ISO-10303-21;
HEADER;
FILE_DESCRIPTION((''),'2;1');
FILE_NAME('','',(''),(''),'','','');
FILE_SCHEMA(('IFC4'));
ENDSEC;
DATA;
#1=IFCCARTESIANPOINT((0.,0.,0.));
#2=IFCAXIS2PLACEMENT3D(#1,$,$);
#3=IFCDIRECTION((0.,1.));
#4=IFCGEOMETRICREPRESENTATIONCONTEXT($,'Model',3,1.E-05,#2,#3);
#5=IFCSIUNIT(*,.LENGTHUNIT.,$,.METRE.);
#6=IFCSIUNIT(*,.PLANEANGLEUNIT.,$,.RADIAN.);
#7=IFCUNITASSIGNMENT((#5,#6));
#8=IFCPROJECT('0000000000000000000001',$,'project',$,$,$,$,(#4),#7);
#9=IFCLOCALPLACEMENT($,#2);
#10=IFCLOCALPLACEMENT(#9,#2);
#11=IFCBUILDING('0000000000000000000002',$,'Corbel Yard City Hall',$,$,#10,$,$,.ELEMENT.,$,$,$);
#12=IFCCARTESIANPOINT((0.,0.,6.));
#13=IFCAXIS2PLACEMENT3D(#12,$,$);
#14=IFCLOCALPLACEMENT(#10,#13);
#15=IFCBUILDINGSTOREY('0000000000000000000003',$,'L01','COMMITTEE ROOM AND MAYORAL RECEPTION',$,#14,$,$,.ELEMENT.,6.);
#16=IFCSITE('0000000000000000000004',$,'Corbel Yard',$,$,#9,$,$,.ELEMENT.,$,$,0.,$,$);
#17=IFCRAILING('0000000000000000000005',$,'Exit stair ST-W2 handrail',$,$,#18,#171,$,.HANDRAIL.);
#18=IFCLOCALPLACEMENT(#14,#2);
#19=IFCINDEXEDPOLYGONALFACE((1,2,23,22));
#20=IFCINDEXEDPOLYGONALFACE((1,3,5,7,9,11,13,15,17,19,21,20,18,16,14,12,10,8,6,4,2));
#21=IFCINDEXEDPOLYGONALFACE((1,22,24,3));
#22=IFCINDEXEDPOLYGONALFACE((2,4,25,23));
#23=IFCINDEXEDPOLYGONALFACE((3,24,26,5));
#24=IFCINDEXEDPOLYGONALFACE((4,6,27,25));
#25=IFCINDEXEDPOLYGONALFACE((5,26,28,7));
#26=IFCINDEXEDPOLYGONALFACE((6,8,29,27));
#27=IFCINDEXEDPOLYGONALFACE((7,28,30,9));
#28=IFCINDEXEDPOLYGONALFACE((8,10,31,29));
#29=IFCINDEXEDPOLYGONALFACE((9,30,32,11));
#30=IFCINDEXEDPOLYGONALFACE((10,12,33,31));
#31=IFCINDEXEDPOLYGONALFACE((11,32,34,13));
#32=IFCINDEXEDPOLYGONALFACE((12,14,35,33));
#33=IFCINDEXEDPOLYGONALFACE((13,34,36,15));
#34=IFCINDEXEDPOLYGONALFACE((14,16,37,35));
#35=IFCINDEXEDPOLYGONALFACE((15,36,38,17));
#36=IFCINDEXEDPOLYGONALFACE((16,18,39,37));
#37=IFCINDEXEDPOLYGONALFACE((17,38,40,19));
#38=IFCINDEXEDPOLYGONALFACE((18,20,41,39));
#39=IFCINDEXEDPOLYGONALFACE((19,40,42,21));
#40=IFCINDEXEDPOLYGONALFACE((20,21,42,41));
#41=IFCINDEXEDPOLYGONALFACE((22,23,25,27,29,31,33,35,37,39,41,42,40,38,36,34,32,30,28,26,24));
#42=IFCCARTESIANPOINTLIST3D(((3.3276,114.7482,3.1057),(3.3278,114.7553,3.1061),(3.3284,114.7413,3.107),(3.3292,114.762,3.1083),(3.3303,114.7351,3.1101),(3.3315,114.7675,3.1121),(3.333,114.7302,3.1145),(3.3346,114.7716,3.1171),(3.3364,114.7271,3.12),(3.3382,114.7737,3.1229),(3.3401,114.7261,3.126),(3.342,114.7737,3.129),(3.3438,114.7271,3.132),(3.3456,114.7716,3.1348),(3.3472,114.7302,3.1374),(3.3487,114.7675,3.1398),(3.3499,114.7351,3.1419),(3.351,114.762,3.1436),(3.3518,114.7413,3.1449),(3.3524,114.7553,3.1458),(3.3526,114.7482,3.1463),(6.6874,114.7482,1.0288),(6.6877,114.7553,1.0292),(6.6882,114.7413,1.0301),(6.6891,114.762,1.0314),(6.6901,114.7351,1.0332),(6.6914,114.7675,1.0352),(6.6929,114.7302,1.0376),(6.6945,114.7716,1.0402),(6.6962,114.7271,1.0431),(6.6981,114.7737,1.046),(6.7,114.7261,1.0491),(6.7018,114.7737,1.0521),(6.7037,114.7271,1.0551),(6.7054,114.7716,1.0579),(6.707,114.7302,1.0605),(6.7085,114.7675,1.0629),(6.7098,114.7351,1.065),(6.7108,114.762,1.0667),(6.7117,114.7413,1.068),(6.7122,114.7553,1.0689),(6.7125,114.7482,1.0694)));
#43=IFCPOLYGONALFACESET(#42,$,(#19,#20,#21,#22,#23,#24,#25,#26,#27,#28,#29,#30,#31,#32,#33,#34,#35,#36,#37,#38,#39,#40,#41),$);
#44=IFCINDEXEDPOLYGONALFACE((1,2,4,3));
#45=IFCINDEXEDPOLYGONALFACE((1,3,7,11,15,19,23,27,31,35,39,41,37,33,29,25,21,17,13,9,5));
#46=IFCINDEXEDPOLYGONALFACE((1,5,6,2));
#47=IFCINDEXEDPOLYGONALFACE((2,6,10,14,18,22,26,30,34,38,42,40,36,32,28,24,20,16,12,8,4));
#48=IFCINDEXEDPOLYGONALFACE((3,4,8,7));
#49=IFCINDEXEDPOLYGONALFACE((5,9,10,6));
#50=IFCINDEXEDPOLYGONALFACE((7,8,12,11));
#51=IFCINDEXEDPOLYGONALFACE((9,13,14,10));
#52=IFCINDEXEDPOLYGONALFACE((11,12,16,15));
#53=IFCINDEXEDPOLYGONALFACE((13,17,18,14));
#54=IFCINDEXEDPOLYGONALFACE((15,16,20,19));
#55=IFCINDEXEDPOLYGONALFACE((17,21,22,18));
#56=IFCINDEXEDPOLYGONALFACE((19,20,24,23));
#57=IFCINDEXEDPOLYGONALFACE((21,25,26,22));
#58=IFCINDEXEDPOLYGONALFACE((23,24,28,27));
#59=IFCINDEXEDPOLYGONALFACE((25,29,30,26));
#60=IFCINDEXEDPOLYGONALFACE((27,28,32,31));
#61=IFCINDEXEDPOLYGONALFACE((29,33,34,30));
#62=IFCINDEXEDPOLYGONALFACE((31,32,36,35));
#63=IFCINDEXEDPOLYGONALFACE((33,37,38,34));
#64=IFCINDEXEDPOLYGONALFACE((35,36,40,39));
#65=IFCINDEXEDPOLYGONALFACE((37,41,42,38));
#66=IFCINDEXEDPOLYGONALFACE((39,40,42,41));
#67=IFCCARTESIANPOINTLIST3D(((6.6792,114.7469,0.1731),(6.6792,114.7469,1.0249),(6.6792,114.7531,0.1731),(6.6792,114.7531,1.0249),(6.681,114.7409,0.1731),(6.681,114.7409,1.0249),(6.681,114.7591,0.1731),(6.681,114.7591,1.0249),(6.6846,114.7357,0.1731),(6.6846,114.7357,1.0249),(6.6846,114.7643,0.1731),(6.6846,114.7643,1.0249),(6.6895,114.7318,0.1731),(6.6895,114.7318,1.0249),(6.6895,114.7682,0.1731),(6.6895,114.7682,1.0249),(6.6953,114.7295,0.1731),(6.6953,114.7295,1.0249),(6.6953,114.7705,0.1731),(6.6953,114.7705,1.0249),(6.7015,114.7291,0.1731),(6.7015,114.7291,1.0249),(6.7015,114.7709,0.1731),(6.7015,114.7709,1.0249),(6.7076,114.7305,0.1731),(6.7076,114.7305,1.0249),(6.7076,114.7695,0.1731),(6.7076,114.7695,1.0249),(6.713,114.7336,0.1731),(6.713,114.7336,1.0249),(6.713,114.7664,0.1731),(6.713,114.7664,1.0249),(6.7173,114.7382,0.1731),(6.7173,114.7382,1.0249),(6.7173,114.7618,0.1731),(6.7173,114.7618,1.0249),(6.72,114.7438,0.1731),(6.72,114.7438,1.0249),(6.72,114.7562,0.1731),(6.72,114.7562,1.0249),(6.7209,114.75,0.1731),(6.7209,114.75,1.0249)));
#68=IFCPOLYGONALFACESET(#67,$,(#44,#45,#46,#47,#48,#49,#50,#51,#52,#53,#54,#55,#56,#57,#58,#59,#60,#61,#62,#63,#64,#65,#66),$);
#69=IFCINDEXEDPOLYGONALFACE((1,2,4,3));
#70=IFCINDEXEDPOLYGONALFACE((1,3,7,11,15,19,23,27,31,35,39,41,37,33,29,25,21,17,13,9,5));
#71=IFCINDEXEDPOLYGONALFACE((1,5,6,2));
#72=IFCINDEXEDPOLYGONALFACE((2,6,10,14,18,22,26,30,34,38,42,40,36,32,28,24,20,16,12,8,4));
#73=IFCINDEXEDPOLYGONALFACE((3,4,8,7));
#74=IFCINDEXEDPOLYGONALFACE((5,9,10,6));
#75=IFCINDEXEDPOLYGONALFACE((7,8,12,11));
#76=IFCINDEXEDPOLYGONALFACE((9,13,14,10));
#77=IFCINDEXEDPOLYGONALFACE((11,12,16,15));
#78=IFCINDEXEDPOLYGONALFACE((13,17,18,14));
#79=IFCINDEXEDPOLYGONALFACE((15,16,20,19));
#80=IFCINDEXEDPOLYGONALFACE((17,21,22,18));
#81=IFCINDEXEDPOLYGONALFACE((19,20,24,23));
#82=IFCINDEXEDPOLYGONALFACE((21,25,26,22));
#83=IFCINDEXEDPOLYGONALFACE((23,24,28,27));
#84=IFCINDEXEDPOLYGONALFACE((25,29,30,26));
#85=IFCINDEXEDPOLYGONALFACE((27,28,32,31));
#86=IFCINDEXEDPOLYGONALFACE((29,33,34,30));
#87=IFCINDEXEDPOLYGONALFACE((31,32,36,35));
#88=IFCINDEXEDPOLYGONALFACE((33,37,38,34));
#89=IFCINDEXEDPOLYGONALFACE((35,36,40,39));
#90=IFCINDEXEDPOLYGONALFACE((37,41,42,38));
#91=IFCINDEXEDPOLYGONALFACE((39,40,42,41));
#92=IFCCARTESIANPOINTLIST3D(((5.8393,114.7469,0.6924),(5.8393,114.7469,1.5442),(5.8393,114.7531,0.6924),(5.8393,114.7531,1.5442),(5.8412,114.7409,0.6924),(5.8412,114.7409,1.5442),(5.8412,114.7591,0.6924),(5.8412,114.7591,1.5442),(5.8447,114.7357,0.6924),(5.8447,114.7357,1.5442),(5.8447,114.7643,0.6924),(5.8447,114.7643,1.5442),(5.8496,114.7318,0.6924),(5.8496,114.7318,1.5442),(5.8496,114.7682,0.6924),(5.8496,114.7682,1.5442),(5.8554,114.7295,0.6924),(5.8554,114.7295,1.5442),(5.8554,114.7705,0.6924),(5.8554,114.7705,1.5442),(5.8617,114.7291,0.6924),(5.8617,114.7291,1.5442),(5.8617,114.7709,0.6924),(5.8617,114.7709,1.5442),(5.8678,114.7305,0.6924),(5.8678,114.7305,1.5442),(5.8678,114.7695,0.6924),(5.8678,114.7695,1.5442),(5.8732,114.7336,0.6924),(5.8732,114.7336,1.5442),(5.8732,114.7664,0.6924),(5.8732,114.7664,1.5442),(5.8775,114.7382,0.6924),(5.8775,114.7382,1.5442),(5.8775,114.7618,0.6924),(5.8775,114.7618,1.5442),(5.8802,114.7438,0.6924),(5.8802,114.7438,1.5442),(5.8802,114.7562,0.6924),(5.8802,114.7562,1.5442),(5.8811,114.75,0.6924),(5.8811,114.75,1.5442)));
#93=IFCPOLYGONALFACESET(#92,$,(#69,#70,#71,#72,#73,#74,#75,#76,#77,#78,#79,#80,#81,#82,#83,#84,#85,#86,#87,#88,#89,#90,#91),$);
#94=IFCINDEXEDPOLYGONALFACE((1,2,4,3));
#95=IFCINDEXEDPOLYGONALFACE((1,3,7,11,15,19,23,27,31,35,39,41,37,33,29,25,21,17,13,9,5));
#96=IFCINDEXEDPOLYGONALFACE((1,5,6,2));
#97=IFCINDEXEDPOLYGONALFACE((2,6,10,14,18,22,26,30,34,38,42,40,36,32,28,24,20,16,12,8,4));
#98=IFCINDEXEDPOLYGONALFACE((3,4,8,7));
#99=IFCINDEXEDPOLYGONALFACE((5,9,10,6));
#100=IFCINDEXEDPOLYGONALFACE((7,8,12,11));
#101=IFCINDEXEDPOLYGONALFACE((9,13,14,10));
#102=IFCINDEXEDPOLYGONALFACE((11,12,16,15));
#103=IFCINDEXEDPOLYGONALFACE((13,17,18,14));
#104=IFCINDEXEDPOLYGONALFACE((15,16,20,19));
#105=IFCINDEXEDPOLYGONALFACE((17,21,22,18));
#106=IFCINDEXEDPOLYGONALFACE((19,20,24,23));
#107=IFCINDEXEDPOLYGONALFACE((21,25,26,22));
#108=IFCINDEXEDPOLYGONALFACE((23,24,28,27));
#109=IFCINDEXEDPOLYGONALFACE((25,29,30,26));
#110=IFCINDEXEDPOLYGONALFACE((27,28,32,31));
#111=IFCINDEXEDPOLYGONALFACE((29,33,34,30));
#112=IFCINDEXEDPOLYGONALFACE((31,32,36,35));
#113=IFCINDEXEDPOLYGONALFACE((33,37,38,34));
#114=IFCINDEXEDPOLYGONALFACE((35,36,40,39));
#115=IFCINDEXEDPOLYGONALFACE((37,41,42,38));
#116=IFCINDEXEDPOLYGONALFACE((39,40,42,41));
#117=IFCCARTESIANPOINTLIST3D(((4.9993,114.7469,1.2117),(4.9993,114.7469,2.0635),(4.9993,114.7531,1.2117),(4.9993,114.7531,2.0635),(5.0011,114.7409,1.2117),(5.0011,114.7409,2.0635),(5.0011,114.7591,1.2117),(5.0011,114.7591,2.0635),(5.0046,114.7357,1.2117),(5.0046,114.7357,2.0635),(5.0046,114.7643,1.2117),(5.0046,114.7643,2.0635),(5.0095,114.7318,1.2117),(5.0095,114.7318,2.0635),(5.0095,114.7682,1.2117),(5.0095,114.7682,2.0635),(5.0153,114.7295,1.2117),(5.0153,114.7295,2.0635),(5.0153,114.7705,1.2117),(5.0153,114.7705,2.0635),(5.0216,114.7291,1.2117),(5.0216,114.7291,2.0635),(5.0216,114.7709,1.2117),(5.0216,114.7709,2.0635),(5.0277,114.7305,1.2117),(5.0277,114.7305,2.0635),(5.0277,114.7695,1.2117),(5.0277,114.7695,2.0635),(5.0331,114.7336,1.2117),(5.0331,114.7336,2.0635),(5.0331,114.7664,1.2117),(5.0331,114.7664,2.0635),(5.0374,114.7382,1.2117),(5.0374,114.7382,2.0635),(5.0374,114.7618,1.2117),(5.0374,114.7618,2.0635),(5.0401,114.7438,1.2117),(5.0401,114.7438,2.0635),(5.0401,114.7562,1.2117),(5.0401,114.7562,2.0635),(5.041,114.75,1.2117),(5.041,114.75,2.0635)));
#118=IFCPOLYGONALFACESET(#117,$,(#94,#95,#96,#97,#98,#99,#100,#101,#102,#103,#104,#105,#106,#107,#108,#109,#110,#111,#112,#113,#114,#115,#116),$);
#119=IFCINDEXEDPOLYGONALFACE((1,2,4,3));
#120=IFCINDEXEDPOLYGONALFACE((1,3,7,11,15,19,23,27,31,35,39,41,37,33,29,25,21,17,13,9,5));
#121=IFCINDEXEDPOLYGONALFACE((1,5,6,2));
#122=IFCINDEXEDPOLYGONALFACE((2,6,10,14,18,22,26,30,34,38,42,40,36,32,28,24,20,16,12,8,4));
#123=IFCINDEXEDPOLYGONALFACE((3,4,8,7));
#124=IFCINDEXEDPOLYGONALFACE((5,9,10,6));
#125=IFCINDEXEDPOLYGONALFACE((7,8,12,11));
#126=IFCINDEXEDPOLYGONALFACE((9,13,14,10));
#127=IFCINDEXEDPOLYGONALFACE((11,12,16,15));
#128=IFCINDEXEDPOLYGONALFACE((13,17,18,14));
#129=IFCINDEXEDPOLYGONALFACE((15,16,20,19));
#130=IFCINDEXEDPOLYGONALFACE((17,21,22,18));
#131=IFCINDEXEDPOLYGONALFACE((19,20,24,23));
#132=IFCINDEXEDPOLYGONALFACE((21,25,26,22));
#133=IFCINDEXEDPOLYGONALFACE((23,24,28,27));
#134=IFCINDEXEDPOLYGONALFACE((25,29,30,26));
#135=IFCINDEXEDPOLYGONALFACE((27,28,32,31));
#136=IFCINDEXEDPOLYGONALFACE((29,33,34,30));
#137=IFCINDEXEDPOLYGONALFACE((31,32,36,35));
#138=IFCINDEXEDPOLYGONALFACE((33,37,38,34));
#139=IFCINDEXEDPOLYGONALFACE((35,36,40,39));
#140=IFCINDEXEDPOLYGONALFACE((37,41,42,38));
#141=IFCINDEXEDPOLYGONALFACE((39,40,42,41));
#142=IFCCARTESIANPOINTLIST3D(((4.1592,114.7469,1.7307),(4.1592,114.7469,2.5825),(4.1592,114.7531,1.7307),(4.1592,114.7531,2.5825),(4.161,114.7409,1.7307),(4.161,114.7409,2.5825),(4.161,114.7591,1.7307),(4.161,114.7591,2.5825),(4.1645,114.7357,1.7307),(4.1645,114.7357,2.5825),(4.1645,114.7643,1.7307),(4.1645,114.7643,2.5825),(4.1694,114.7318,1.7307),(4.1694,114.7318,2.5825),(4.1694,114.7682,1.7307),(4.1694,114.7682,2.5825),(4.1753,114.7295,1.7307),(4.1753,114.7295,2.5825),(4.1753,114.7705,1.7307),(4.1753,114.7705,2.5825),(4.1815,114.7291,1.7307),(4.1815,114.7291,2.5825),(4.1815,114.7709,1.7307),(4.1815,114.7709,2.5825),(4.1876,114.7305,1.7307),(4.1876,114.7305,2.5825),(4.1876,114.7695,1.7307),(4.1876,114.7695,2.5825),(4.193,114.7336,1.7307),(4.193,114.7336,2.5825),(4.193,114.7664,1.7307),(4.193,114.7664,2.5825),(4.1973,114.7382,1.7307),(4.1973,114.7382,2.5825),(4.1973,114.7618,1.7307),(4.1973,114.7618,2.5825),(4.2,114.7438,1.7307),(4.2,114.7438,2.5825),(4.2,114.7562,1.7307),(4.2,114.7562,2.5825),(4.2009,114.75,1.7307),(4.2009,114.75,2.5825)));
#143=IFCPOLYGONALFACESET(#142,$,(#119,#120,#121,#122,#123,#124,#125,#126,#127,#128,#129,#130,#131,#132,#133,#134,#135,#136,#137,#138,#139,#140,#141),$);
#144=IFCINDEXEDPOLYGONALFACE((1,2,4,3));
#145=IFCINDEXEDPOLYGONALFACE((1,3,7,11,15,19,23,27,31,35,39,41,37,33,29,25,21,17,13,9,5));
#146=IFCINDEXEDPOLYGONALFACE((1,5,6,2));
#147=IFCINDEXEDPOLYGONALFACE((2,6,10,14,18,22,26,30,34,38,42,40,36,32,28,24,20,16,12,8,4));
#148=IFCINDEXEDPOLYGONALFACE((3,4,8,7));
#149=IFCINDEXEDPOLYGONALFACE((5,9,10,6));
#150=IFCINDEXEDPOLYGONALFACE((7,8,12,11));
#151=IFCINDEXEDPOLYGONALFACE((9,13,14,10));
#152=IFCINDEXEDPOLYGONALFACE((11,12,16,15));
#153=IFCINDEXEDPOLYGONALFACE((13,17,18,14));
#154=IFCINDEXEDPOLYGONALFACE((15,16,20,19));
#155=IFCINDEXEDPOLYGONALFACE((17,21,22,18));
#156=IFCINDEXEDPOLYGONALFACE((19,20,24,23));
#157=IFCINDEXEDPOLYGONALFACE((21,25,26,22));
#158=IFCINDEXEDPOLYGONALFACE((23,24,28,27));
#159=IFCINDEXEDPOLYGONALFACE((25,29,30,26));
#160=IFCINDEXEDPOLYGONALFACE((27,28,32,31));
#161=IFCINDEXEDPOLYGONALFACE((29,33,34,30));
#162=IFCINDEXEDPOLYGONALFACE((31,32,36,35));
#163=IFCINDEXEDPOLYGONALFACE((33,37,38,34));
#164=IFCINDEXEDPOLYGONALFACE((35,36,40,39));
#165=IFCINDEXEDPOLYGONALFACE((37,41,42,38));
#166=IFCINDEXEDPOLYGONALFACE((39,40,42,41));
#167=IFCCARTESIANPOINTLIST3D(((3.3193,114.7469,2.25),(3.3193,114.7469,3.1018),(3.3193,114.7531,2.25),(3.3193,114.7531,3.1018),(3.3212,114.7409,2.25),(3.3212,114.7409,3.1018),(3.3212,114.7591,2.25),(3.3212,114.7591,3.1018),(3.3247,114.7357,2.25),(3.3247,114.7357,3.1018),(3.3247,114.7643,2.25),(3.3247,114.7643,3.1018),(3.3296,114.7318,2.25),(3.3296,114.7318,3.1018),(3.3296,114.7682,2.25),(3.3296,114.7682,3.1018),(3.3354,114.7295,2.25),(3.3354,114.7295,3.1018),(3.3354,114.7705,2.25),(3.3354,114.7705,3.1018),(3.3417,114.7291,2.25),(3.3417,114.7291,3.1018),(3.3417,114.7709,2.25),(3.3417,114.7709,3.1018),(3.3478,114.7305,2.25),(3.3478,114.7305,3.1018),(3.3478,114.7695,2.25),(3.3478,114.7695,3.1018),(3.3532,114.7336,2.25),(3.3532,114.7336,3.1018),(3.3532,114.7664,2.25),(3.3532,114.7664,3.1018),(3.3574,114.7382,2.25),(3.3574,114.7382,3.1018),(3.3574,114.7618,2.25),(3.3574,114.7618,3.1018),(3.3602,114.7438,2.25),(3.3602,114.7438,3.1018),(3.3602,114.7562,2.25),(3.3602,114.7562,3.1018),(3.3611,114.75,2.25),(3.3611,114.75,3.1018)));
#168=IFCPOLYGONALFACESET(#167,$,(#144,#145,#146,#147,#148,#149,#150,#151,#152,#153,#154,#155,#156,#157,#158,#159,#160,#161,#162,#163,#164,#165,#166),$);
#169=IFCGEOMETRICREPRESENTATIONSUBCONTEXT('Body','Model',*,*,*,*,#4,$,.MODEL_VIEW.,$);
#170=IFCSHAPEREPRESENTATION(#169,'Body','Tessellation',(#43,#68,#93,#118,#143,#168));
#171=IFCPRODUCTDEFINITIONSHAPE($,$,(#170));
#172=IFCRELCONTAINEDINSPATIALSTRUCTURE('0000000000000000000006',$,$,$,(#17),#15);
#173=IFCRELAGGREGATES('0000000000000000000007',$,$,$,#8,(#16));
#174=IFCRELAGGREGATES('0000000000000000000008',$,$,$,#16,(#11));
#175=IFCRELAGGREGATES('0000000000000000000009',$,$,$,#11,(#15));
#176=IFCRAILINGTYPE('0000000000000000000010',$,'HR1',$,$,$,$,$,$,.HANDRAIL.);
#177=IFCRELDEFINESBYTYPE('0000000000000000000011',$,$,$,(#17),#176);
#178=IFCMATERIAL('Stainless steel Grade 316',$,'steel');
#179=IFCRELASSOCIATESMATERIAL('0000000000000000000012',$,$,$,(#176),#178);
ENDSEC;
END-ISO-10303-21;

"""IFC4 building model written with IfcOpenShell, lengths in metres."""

from ifc_helpers import new_model, si_unit, direction, frame, origin, origin_2d, place, context, subcontext, project, spatial, circle, extrude, material, type_object, element, save


model = new_model("IFC4")

# Units and contexts
model_context = context("Model", 3, precision=1e-05, world=origin(), true_north=direction((0.0, 1.0)))
body_context = subcontext(model_context, "Body", "Model", "MODEL_VIEW")
ifc_project = project(units=[si_unit("LENGTHUNIT", "METRE"), si_unit("PLANEANGLEUNIT", "RADIAN")], contexts=[model_context])

# Site, building, storey
site_placement = place(None, origin())
site = spatial("IfcSite", under=ifc_project, at=site_placement, Name="Corbel Yard", CompositionType="ELEMENT", RefElevation=0.0)
building_placement = place(site_placement, origin())
building = spatial("IfcBuilding", under=site, at=building_placement, Name="Corbel Yard City Hall", CompositionType="ELEMENT")
storey_placement = place(building_placement, frame((0.0, 0.0, 6.0)))
storey = spatial("IfcBuildingStorey", under=building, at=storey_placement, Name="L01", Description="COMMITTEE ROOM AND MAYORAL RECEPTION", CompositionType="ELEMENT", Elevation=6.0)

# Shared definitions
ifc_material_1 = material(Name="Stainless steel Grade 316", Category="steel")

# Railing
railing_type = type_object("IfcRailingType", Name="HR1", PredefinedType="HANDRAIL", material=ifc_material_1)
for number, where, name in (
    (1, (6.7, 114.75, 0.1731), "Exit stair ST-W2 handrail"),
):
    element("IfcRailing", number, at=place(storey_placement, frame(where)), inside=storey, type_object=railing_type, Name=name, PredefinedType="HANDRAIL", context=body_context, shape_type="SweptSolid", body=[
        extrude(circle(Radius=0.0239, at=origin_2d()), frame((0.0, 0.0, 0.876), z_axis=(-0.850606, 0.0, 0.525803), x_axis=(0.0, -1.0, 0.0)), (0.0, 0.0, 1.0), 3.95),
        extrude(circle(Radius=0.021, at=origin_2d()), origin(), (0.0, 0.0, 1.0), 0.8518),
        extrude(circle(Radius=0.021, at=origin_2d()), frame((-0.8398, 0.0, 0.5193)), (0.0, 0.0, 1.0), 0.8518),
        extrude(circle(Radius=0.021, at=origin_2d()), frame((-1.6799, 0.0, 1.0386)), (0.0, 0.0, 1.0), 0.8518),
        extrude(circle(Radius=0.021, at=origin_2d()), frame((-2.52, 0.0, 1.5576)), (0.0, 0.0, 1.0), 0.8518),
        extrude(circle(Radius=0.021, at=origin_2d()), frame((-3.3599, 0.0, 2.0769)), (0.0, 0.0, 1.0), 0.8518),
    ])

save(model, "model.ifc")
